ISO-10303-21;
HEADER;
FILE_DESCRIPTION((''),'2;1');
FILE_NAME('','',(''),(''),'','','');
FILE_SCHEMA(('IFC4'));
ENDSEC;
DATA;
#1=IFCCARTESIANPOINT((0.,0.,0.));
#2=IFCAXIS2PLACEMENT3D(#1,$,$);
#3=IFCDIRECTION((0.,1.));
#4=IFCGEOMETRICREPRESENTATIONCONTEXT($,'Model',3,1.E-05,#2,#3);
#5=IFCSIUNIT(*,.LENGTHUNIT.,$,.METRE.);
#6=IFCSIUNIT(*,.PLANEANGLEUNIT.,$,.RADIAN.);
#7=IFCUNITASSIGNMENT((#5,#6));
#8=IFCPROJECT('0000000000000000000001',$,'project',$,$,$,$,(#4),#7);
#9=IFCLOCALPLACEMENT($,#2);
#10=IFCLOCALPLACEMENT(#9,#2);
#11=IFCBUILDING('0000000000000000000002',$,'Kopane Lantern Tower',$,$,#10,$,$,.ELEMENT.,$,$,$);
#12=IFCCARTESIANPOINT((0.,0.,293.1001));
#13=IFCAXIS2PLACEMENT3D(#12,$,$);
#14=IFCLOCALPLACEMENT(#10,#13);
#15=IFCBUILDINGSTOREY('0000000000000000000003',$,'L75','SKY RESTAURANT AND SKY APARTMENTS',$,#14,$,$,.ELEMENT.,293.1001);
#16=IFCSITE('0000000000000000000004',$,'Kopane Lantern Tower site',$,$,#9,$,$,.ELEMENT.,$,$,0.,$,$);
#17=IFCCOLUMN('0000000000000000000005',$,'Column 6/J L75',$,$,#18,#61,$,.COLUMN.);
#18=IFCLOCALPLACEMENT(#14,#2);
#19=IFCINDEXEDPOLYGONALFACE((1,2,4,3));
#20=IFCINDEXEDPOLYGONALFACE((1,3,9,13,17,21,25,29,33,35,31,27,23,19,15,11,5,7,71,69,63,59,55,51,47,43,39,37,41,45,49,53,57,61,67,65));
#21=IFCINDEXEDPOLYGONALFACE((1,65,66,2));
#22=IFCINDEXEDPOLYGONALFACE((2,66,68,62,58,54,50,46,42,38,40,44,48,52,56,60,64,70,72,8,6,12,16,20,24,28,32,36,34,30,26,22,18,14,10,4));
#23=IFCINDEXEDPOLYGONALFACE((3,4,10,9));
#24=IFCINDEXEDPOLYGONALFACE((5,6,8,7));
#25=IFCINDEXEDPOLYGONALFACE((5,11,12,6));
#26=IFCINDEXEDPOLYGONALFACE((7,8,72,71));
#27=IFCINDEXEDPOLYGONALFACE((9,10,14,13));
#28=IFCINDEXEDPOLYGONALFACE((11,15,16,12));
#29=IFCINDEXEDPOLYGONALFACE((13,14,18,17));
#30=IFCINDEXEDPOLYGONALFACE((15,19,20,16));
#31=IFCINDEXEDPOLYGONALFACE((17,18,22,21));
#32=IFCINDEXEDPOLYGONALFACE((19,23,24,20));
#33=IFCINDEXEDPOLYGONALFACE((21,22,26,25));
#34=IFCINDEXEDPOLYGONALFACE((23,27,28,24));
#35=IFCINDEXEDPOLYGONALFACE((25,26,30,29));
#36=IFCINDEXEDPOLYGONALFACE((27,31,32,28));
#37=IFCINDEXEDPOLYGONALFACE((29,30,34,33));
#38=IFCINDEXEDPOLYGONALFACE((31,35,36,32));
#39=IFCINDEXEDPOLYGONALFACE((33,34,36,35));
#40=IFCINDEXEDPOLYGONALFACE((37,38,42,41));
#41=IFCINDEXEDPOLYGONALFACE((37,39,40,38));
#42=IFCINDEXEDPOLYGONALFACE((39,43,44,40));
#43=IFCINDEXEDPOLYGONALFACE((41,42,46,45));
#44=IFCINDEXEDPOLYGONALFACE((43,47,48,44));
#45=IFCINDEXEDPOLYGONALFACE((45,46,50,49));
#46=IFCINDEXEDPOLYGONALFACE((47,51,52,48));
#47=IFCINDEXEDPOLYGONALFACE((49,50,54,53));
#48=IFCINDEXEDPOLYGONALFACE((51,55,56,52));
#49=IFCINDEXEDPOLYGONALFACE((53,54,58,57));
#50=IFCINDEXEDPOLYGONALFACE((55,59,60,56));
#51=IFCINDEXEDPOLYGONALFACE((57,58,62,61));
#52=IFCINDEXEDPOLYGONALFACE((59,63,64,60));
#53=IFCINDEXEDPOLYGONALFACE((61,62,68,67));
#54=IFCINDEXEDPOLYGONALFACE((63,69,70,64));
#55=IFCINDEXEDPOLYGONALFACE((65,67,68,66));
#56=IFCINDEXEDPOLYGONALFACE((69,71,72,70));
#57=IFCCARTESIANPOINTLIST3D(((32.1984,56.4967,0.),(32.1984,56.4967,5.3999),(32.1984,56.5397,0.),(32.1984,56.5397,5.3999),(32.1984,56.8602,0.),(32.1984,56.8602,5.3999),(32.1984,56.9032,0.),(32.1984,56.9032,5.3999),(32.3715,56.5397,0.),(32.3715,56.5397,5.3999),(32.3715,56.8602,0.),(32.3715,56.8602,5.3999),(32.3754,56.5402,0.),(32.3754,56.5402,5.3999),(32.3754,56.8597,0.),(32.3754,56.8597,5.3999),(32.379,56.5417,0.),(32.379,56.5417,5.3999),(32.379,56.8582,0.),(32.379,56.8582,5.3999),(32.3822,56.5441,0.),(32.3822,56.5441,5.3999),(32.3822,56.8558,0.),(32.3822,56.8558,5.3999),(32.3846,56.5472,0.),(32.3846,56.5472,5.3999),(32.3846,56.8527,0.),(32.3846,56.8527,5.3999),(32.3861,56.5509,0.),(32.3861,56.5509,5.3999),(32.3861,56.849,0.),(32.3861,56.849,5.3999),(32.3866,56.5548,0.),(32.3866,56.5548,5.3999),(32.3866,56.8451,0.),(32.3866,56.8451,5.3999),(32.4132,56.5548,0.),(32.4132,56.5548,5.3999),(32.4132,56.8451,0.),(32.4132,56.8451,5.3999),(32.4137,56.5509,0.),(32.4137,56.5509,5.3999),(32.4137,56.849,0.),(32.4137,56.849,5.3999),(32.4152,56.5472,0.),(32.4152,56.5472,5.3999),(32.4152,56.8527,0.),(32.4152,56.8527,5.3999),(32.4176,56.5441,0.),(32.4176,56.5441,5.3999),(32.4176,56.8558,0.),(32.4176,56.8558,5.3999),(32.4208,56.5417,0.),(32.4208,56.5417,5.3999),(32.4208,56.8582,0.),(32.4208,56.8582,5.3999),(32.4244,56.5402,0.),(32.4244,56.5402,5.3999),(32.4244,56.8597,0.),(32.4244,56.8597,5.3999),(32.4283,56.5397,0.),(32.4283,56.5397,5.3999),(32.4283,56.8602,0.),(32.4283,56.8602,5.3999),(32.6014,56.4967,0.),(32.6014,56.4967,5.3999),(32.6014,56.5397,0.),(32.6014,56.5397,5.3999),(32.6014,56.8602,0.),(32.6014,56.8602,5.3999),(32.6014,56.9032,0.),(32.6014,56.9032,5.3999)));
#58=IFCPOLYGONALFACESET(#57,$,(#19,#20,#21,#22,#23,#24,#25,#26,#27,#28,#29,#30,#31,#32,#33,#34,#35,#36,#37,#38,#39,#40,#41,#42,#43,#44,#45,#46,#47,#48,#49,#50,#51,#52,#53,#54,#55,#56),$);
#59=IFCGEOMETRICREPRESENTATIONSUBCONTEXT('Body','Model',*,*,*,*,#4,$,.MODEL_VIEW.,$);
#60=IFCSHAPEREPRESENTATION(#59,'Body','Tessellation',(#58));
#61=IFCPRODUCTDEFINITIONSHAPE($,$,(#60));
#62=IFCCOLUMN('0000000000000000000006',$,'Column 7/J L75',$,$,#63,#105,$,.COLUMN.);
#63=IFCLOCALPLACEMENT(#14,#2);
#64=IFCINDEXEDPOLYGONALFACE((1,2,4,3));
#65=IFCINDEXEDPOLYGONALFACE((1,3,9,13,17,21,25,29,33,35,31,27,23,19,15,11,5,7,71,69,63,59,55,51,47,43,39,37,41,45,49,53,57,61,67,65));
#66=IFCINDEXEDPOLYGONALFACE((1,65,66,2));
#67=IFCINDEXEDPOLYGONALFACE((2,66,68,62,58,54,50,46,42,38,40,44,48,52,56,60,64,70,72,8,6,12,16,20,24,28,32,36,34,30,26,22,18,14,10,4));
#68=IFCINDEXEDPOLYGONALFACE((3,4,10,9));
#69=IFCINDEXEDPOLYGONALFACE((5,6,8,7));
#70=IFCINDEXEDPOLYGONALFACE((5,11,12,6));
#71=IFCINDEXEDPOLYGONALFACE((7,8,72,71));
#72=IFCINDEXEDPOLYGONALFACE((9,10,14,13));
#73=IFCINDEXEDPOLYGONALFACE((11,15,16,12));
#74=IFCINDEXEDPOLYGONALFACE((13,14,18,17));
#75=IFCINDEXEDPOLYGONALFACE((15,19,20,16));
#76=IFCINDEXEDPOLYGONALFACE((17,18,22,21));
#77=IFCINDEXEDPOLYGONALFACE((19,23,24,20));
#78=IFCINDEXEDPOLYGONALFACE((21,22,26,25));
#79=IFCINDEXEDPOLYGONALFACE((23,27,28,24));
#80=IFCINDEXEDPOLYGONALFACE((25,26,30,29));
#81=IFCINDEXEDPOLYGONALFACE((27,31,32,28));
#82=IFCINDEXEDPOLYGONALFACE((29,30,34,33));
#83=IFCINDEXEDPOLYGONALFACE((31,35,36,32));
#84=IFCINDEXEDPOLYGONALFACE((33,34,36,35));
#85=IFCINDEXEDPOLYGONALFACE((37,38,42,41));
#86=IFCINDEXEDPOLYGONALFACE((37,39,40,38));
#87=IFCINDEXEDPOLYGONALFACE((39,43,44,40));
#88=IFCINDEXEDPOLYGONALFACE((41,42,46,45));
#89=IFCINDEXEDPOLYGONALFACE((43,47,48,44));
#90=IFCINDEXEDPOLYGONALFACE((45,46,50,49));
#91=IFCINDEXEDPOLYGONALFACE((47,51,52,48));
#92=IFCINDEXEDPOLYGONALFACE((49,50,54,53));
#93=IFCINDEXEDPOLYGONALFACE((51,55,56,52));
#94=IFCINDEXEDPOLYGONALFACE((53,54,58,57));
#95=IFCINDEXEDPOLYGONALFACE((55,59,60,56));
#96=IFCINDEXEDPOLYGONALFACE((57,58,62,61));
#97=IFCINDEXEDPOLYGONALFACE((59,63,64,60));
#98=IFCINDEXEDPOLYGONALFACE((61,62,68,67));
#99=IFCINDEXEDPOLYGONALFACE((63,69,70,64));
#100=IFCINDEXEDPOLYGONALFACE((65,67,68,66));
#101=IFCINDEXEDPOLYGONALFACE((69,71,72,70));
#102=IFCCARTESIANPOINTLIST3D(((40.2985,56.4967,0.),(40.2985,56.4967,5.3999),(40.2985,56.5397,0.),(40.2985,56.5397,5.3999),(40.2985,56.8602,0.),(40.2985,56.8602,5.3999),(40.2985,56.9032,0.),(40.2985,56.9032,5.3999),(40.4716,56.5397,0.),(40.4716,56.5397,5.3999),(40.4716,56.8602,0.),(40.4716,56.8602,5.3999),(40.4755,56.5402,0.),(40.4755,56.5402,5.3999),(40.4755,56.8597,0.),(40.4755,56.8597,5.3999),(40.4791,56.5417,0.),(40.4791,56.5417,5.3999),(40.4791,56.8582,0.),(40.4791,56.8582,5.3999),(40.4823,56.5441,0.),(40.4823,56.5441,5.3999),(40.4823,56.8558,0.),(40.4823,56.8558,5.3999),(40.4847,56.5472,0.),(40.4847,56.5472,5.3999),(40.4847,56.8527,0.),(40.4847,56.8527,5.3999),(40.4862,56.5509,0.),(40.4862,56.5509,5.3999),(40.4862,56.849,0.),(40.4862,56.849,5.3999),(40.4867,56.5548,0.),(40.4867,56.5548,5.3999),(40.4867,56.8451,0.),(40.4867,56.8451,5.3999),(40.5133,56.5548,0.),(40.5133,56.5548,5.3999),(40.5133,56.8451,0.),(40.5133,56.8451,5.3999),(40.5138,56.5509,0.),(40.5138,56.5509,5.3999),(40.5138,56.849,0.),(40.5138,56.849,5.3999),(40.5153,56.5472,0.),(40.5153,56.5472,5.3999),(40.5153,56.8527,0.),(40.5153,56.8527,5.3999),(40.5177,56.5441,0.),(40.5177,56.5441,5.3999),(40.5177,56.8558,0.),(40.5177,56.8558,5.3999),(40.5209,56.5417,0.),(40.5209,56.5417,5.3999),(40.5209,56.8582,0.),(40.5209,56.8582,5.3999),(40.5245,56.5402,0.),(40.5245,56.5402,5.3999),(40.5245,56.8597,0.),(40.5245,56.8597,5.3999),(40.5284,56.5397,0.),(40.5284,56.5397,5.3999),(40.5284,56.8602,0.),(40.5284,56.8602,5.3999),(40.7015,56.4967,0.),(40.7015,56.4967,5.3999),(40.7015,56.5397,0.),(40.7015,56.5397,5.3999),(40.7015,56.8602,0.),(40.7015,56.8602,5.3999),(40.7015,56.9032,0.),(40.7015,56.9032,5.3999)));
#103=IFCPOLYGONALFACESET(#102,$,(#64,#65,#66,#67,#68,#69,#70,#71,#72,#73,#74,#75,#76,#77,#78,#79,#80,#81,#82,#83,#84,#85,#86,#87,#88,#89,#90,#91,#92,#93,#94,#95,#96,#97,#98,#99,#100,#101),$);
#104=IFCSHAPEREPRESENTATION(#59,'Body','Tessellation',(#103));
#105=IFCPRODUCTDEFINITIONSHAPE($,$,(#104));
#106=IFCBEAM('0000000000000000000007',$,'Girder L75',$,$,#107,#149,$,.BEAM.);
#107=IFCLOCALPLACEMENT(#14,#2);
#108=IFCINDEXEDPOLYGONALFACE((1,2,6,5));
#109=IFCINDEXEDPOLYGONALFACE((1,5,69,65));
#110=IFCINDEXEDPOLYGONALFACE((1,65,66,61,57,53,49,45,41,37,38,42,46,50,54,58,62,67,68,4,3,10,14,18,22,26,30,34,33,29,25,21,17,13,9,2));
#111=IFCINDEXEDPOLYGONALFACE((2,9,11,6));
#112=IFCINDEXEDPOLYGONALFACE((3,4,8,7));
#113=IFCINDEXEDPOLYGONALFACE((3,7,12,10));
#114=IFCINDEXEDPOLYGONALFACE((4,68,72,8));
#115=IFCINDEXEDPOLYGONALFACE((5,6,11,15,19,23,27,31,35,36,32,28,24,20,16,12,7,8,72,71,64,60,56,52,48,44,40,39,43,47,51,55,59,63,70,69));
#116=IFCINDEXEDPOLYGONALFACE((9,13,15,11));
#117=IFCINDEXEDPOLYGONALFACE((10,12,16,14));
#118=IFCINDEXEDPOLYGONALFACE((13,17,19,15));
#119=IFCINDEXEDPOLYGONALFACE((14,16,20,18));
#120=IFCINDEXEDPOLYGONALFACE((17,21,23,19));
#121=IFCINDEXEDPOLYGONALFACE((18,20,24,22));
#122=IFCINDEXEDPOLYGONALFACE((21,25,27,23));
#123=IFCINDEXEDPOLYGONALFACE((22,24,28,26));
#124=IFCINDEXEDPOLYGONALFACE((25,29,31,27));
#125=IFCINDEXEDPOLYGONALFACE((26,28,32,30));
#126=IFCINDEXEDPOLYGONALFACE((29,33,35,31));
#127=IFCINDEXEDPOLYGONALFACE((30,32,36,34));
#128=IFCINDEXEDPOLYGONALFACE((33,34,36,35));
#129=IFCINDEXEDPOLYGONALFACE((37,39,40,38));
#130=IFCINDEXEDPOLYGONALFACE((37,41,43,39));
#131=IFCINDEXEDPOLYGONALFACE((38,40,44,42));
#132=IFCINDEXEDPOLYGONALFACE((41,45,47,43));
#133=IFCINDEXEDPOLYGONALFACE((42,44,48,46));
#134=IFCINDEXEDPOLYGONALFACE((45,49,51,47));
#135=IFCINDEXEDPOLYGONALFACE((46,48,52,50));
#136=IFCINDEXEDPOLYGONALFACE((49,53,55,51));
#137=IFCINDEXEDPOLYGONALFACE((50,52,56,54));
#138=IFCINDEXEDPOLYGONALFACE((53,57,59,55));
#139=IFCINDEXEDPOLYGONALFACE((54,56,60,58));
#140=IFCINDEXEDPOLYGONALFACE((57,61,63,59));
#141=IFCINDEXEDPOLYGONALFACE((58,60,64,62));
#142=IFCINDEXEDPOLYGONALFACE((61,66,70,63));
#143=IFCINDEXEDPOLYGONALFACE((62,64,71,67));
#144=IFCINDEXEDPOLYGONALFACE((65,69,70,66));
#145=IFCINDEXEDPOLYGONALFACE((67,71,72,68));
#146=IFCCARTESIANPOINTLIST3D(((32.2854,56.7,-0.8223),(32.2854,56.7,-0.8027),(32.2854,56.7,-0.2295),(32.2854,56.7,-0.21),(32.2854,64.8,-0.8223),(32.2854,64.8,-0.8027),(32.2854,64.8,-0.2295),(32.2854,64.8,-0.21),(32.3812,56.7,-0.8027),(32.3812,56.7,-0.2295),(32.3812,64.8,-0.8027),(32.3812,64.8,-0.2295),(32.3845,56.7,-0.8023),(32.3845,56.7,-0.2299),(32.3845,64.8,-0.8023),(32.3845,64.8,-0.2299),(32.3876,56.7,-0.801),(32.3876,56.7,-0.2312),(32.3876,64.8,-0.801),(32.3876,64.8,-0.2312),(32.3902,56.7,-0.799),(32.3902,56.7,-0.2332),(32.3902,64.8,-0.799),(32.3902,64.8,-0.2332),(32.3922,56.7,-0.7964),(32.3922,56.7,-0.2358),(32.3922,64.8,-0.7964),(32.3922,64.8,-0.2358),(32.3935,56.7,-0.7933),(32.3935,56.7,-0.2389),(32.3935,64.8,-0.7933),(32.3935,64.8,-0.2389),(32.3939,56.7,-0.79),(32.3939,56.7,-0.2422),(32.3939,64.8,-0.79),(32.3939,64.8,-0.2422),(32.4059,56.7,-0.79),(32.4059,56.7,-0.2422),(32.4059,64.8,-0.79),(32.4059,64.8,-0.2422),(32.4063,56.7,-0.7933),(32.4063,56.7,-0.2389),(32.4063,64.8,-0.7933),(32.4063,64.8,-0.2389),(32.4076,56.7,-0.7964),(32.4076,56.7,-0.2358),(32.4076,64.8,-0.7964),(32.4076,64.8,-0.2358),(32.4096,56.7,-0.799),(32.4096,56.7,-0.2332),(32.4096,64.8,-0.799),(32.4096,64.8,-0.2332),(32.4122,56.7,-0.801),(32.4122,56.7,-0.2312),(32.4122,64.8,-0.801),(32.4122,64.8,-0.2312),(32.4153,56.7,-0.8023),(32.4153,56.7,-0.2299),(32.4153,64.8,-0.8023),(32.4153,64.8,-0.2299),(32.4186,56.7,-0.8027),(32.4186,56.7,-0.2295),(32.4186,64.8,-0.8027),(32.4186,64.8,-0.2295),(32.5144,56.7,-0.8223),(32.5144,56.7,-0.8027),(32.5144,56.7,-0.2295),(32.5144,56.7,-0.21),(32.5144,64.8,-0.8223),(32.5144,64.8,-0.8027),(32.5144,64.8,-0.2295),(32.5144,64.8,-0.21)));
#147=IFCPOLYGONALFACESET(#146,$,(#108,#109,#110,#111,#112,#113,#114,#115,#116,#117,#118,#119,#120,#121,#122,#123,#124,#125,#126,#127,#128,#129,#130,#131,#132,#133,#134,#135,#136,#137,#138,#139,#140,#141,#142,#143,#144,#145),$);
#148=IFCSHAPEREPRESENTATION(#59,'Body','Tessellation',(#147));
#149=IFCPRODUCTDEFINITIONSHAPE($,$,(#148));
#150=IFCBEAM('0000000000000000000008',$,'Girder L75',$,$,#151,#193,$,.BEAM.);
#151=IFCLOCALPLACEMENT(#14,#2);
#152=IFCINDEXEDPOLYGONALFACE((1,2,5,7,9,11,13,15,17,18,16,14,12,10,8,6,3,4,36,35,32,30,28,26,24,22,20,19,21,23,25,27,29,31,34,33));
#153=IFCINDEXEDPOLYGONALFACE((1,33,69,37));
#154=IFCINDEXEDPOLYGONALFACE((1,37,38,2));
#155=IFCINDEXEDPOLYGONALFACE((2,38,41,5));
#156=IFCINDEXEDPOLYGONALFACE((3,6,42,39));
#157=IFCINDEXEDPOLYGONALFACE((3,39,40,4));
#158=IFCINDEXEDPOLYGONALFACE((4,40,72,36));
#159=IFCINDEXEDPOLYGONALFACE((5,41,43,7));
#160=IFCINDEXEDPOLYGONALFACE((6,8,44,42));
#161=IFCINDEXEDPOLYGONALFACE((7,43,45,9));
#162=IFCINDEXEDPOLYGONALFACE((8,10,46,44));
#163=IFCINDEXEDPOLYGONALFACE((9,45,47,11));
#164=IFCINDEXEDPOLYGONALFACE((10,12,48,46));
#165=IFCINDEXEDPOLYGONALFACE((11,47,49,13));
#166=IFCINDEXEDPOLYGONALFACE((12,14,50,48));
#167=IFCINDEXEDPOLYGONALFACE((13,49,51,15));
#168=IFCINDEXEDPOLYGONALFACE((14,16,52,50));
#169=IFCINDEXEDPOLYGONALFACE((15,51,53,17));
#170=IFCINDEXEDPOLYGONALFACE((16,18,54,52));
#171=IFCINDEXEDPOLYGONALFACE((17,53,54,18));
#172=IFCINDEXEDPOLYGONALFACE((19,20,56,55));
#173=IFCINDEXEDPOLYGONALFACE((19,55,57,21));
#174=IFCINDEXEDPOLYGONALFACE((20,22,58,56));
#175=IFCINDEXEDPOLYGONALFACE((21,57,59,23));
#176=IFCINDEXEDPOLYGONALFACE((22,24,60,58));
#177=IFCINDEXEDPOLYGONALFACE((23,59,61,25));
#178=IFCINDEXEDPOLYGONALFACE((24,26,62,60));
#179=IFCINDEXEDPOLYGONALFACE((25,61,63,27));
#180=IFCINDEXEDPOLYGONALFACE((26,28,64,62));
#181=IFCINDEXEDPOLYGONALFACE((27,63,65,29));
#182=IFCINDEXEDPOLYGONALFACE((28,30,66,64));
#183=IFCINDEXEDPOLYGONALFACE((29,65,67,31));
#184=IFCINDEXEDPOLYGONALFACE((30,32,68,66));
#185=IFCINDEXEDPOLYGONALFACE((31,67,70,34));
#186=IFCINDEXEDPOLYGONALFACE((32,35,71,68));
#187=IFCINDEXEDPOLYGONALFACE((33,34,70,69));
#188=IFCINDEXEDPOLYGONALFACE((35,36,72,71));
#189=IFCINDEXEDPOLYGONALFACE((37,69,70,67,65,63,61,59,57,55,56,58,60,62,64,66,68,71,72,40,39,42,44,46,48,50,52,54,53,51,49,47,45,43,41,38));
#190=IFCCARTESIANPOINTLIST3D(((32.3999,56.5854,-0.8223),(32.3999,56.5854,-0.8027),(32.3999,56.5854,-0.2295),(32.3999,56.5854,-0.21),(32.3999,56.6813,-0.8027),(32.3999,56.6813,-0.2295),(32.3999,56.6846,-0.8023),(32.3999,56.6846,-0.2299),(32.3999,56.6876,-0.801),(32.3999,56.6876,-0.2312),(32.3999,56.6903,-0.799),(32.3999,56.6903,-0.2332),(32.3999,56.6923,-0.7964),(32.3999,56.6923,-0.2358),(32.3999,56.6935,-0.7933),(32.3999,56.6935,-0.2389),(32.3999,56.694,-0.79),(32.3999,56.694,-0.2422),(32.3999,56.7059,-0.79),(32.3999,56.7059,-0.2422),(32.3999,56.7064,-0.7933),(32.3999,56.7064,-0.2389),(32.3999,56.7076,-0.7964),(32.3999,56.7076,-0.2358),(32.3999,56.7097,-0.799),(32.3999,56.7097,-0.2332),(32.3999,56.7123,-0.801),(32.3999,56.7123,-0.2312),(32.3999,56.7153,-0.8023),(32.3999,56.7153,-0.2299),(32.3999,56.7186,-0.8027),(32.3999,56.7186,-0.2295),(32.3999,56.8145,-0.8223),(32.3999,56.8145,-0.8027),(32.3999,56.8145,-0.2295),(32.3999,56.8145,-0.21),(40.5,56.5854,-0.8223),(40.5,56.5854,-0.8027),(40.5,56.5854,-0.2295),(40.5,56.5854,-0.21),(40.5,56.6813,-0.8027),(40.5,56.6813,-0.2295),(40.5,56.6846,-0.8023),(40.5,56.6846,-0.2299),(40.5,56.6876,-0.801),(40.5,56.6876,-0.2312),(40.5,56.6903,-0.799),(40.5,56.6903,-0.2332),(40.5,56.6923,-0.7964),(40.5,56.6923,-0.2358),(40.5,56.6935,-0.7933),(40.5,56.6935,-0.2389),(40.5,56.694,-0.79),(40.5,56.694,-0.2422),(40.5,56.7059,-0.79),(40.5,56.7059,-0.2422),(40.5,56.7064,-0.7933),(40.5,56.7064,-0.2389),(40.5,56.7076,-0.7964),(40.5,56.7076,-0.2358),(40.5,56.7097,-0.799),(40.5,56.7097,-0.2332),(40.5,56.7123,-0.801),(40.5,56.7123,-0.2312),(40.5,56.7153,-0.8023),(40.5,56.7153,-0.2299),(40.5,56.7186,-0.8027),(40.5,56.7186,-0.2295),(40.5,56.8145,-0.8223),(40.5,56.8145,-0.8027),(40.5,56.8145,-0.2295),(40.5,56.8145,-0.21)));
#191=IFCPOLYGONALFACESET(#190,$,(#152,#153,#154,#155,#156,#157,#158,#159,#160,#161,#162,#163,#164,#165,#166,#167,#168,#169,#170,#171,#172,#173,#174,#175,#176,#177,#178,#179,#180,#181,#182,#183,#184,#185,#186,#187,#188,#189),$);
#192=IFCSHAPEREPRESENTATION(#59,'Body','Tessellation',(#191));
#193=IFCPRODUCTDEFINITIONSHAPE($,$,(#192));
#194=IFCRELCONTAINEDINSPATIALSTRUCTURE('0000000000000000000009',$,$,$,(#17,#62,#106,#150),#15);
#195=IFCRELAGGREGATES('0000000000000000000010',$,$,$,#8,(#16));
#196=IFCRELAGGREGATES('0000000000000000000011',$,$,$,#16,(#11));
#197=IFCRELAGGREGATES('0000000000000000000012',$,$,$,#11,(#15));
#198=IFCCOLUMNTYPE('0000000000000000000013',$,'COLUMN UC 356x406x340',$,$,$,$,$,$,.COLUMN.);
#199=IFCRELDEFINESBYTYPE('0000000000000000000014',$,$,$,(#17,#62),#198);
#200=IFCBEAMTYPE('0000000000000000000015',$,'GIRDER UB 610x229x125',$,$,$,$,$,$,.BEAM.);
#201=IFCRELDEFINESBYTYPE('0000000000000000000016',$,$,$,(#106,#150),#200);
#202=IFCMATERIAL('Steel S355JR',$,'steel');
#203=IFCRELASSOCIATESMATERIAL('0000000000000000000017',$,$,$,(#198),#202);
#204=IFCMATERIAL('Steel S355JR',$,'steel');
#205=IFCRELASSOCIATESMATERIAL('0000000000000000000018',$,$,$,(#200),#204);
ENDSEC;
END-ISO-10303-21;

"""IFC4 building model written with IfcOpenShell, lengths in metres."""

from ifc_helpers import new_model, si_unit, direction, frame, origin, origin_2d, place, context, subcontext, project, spatial, i_section, extrude, material, material_profile, profile_set, type_object, element, save


model = new_model("IFC4")

# Units and contexts
model_context = context("Model", 3, precision=1e-05, world=origin(), true_north=direction((0.0, 1.0)))
body_context = subcontext(model_context, "Body", "Model", "MODEL_VIEW")
ifc_project = project(units=[si_unit("LENGTHUNIT", "METRE"), si_unit("PLANEANGLEUNIT", "RADIAN")], contexts=[model_context])

# Site, building, storey
site_placement = place(None, origin())
site = spatial("IfcSite", under=ifc_project, at=site_placement, Name="Kopane Lantern Tower site", CompositionType="ELEMENT", RefElevation=0.0)
building_placement = place(site_placement, origin())
building = spatial("IfcBuilding", under=site, at=building_placement, Name="Kopane Lantern Tower", CompositionType="ELEMENT")
storey_placement = place(building_placement, frame((0.0, 0.0, 293.1001)))
storey = spatial("IfcBuildingStorey", under=building, at=storey_placement, Name="L75", Description="SKY RESTAURANT AND SKY APARTMENTS", CompositionType="ELEMENT", Elevation=293.1001)

# Columns
ifc_material_1 = material(Name="Steel S355JR", Category="steel")
ifc_material_profile_1 = material_profile(ifc_material_1, i_section(OverallWidth=0.4031, OverallDepth=0.4065, WebThickness=0.0266, FlangeThickness=0.043, FilletRadius=0.0151, at=origin_2d()), Name="UC 356x406x340")
ifc_profile_set_1 = profile_set([ifc_material_profile_1], Name="Steel S355JR")
column_type = type_object("IfcColumnType", Name="COLUMN UC 356x406x340", PredefinedType="COLUMN", material=ifc_profile_set_1)
for number, where, z_axis, x_axis, name in (
    (1, (32.3999, 56.7, 0.0), (0.0, 0.0, 1.0), (1.0, 0.0, 0.0), "Column 6/J L75"),
    (2, (40.5, 56.7, 0.0), (0.0, 0.0, 1.0), (1.0, 0.0, 0.0), "Column 7/J L75"),
):
    element("IfcColumn", number, at=place(storey_placement, frame(where, z_axis=z_axis, x_axis=x_axis)), inside=storey, type_object=column_type, Name=name, PredefinedType="COLUMN", context=body_context, shape_type="SweptSolid", body=[
        extrude(i_section(OverallWidth=0.4031, OverallDepth=0.4065, WebThickness=0.0266, FlangeThickness=0.043, FilletRadius=0.0151, at=origin_2d()), origin(), (0.0, 0.0, 1.0), 5.3999),
    ])

# Beams
ifc_material_2 = material(Name="Steel S355JR", Category="steel")
ifc_material_profile_2 = material_profile(ifc_material_2, i_section(OverallWidth=0.229, OverallDepth=0.6123, WebThickness=0.012, FlangeThickness=0.0195, FilletRadius=0.0127, at=origin_2d()), Name="UB 610x229x125")
ifc_profile_set_2 = profile_set([ifc_material_profile_2], Name="Steel S355JR")
beam_type = type_object("IfcBeamType", Name="GIRDER UB 610x229x125", PredefinedType="BEAM", material=ifc_profile_set_2)
for number, where, z_axis, x_axis, name in (
    (3, (32.3999, 56.7, -0.5161), (0.0, 1.0, 0.0), (-1.0, 0.0, 0.0), "Girder L75"),
    (4, (32.3999, 56.7, -0.5161), (1.0, 0.0, 0.0), (0.0, 1.0, 0.0), "Girder L75"),
):
    element("IfcBeam", number, at=place(storey_placement, frame(where, z_axis=z_axis, x_axis=x_axis)), inside=storey, type_object=beam_type, Name=name, PredefinedType="BEAM", context=body_context, shape_type="SweptSolid", body=[
        extrude(i_section(OverallWidth=0.229, OverallDepth=0.6123, WebThickness=0.012, FlangeThickness=0.0195, FilletRadius=0.0127, at=origin_2d()), origin(), (0.0, 0.0, 1.0), 8.1001),
    ])

save(model, "model.ifc")
